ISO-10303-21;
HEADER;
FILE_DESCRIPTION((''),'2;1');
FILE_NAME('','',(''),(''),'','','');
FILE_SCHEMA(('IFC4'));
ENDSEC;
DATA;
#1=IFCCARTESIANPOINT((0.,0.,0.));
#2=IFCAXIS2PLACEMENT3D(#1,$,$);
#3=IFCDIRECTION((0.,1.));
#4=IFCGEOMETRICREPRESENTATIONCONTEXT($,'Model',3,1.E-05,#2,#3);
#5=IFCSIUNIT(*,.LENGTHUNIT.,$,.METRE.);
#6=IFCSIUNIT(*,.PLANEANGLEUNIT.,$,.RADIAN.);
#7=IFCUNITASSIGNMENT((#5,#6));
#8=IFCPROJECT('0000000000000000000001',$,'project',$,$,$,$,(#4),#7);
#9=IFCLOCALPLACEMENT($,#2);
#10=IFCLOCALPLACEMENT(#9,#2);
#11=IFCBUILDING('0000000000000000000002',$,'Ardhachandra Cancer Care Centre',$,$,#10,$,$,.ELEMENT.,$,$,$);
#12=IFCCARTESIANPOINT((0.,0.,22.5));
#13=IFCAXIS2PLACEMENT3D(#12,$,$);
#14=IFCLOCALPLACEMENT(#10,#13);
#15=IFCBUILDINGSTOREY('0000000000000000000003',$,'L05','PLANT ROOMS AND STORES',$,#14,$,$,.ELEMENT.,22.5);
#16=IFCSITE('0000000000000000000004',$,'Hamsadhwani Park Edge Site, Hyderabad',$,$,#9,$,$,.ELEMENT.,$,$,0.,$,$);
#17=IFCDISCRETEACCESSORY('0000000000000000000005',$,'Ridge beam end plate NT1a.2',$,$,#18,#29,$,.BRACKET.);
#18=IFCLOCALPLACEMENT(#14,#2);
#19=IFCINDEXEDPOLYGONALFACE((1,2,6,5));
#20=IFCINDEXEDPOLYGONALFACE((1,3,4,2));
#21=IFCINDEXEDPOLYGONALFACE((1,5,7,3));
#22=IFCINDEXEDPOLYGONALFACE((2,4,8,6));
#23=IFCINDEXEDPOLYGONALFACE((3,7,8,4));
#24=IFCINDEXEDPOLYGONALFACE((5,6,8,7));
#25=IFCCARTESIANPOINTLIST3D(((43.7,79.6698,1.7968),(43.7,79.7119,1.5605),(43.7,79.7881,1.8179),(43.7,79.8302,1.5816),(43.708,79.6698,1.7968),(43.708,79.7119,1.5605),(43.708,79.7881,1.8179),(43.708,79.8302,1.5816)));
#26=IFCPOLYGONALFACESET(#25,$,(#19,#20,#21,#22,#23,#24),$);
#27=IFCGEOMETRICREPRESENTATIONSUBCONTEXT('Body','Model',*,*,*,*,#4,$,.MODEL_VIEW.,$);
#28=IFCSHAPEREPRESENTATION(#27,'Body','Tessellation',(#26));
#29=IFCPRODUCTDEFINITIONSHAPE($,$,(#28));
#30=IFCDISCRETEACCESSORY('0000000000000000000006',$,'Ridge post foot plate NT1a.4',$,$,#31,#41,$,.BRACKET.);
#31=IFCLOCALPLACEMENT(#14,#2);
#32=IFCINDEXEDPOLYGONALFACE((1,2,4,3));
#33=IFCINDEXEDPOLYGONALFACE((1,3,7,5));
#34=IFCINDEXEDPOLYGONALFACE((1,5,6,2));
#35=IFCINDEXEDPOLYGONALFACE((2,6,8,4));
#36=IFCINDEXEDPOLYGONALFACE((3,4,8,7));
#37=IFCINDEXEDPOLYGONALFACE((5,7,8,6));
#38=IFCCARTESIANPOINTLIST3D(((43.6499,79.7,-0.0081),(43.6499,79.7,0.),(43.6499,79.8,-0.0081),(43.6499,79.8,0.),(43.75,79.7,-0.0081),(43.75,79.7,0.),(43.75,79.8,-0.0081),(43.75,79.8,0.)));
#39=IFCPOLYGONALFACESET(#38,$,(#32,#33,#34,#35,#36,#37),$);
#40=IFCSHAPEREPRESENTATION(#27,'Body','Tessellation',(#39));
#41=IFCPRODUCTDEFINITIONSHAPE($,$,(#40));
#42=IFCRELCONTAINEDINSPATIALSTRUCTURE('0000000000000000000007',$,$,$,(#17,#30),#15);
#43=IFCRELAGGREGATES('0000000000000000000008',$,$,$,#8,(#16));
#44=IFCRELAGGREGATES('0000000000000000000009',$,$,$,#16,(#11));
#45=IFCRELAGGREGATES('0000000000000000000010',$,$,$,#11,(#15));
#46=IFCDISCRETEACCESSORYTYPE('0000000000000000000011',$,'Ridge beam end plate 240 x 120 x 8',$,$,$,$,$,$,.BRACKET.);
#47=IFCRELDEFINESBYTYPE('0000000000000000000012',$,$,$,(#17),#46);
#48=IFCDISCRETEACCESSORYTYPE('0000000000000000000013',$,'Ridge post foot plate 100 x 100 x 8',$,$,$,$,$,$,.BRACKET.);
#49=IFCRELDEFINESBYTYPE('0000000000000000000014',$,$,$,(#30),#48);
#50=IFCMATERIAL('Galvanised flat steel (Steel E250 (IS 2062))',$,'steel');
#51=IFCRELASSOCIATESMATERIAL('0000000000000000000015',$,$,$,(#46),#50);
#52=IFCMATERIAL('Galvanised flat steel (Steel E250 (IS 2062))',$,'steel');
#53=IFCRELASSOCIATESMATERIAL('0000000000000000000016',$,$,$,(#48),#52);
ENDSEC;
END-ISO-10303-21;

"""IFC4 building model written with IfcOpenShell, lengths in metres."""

from ifc_helpers import new_model, si_unit, direction, frame, origin, origin_2d, place, context, subcontext, project, spatial, rectangle, extrude, material, material_profile, profile_set, type_object, element, save


model = new_model("IFC4")

# Units and contexts
model_context = context("Model", 3, precision=1e-05, world=origin(), true_north=direction((0.0, 1.0)))
body_context = subcontext(model_context, "Body", "Model", "MODEL_VIEW")
ifc_project = project(units=[si_unit("LENGTHUNIT", "METRE"), si_unit("PLANEANGLEUNIT", "RADIAN")], contexts=[model_context])

# Site, building, storey
site_placement = place(None, origin())
site = spatial("IfcSite", under=ifc_project, at=site_placement, Name="Hamsadhwani Park Edge Site, Hyderabad", CompositionType="ELEMENT", RefElevation=0.0)
building_placement = place(site_placement, origin())
building = spatial("IfcBuilding", under=site, at=building_placement, Name="Ardhachandra Cancer Care Centre", CompositionType="ELEMENT")
storey_placement = place(building_placement, frame((0.0, 0.0, 22.5)))
storey = spatial("IfcBuildingStorey", under=building, at=storey_placement, Name="L05", Description="PLANT ROOMS AND STORES", CompositionType="ELEMENT", Elevation=22.5)

# Discrete accessories
ifc_material_1 = material(Name="Galvanised flat steel (Steel E250 (IS 2062))", Category="steel")
ifc_material_profile_1 = material_profile(ifc_material_1, rectangle(XDim=0.1201, YDim=0.24, at=origin_2d()), Name="Ridge beam end plate 240 x 120 x 8")
ifc_profile_set_1 = profile_set([ifc_material_profile_1], Name="Galvanised flat steel (Steel E250 (IS 2062))")
discrete_accessory_type_1 = type_object("IfcDiscreteAccessoryType", Name="Ridge beam end plate 240 x 120 x 8", PredefinedType="BRACKET", material=ifc_profile_set_1)
discrete_accessory_1_placement = place(storey_placement, frame((43.7, 79.75, 1.6892), z_axis=(1.0, 0.0, 0.0), x_axis=(0.0, 0.98446, 0.175606)))
element("IfcDiscreteAccessory", 1, at=discrete_accessory_1_placement, inside=storey, type_object=discrete_accessory_type_1, Name="Ridge beam end plate NT1a.2", PredefinedType="BRACKET", context=body_context, shape_type="SweptSolid", body=[
    extrude(rectangle(XDim=0.1201, YDim=0.24, at=origin_2d()), origin(), (0.0, 0.0, 1.0), 0.0081),
])
ifc_material_2 = material(Name="Galvanised flat steel (Steel E250 (IS 2062))", Category="steel")
ifc_material_profile_2 = material_profile(ifc_material_2, rectangle(XDim=0.1001, YDim=0.1001, at=origin_2d()), Name="Ridge post foot plate 100 x 100 x 8")
ifc_profile_set_2 = profile_set([ifc_material_profile_2], Name="Galvanised flat steel (Steel E250 (IS 2062))")
discrete_accessory_type_2 = type_object("IfcDiscreteAccessoryType", Name="Ridge post foot plate 100 x 100 x 8", PredefinedType="BRACKET", material=ifc_profile_set_2)
discrete_accessory_2_placement = place(storey_placement, frame((43.7, 79.75, 0.0), z_axis=(0.0, 0.0, -1.0), x_axis=(1.0, 0.0, 0.0)))
element("IfcDiscreteAccessory", 2, at=discrete_accessory_2_placement, inside=storey, type_object=discrete_accessory_type_2, Name="Ridge post foot plate NT1a.4", PredefinedType="BRACKET", context=body_context, shape_type="SweptSolid", body=[
    extrude(rectangle(XDim=0.1001, YDim=0.1001, at=origin_2d()), origin(), (0.0, 0.0, 1.0), 0.0081),
])

save(model, "model.ifc")
